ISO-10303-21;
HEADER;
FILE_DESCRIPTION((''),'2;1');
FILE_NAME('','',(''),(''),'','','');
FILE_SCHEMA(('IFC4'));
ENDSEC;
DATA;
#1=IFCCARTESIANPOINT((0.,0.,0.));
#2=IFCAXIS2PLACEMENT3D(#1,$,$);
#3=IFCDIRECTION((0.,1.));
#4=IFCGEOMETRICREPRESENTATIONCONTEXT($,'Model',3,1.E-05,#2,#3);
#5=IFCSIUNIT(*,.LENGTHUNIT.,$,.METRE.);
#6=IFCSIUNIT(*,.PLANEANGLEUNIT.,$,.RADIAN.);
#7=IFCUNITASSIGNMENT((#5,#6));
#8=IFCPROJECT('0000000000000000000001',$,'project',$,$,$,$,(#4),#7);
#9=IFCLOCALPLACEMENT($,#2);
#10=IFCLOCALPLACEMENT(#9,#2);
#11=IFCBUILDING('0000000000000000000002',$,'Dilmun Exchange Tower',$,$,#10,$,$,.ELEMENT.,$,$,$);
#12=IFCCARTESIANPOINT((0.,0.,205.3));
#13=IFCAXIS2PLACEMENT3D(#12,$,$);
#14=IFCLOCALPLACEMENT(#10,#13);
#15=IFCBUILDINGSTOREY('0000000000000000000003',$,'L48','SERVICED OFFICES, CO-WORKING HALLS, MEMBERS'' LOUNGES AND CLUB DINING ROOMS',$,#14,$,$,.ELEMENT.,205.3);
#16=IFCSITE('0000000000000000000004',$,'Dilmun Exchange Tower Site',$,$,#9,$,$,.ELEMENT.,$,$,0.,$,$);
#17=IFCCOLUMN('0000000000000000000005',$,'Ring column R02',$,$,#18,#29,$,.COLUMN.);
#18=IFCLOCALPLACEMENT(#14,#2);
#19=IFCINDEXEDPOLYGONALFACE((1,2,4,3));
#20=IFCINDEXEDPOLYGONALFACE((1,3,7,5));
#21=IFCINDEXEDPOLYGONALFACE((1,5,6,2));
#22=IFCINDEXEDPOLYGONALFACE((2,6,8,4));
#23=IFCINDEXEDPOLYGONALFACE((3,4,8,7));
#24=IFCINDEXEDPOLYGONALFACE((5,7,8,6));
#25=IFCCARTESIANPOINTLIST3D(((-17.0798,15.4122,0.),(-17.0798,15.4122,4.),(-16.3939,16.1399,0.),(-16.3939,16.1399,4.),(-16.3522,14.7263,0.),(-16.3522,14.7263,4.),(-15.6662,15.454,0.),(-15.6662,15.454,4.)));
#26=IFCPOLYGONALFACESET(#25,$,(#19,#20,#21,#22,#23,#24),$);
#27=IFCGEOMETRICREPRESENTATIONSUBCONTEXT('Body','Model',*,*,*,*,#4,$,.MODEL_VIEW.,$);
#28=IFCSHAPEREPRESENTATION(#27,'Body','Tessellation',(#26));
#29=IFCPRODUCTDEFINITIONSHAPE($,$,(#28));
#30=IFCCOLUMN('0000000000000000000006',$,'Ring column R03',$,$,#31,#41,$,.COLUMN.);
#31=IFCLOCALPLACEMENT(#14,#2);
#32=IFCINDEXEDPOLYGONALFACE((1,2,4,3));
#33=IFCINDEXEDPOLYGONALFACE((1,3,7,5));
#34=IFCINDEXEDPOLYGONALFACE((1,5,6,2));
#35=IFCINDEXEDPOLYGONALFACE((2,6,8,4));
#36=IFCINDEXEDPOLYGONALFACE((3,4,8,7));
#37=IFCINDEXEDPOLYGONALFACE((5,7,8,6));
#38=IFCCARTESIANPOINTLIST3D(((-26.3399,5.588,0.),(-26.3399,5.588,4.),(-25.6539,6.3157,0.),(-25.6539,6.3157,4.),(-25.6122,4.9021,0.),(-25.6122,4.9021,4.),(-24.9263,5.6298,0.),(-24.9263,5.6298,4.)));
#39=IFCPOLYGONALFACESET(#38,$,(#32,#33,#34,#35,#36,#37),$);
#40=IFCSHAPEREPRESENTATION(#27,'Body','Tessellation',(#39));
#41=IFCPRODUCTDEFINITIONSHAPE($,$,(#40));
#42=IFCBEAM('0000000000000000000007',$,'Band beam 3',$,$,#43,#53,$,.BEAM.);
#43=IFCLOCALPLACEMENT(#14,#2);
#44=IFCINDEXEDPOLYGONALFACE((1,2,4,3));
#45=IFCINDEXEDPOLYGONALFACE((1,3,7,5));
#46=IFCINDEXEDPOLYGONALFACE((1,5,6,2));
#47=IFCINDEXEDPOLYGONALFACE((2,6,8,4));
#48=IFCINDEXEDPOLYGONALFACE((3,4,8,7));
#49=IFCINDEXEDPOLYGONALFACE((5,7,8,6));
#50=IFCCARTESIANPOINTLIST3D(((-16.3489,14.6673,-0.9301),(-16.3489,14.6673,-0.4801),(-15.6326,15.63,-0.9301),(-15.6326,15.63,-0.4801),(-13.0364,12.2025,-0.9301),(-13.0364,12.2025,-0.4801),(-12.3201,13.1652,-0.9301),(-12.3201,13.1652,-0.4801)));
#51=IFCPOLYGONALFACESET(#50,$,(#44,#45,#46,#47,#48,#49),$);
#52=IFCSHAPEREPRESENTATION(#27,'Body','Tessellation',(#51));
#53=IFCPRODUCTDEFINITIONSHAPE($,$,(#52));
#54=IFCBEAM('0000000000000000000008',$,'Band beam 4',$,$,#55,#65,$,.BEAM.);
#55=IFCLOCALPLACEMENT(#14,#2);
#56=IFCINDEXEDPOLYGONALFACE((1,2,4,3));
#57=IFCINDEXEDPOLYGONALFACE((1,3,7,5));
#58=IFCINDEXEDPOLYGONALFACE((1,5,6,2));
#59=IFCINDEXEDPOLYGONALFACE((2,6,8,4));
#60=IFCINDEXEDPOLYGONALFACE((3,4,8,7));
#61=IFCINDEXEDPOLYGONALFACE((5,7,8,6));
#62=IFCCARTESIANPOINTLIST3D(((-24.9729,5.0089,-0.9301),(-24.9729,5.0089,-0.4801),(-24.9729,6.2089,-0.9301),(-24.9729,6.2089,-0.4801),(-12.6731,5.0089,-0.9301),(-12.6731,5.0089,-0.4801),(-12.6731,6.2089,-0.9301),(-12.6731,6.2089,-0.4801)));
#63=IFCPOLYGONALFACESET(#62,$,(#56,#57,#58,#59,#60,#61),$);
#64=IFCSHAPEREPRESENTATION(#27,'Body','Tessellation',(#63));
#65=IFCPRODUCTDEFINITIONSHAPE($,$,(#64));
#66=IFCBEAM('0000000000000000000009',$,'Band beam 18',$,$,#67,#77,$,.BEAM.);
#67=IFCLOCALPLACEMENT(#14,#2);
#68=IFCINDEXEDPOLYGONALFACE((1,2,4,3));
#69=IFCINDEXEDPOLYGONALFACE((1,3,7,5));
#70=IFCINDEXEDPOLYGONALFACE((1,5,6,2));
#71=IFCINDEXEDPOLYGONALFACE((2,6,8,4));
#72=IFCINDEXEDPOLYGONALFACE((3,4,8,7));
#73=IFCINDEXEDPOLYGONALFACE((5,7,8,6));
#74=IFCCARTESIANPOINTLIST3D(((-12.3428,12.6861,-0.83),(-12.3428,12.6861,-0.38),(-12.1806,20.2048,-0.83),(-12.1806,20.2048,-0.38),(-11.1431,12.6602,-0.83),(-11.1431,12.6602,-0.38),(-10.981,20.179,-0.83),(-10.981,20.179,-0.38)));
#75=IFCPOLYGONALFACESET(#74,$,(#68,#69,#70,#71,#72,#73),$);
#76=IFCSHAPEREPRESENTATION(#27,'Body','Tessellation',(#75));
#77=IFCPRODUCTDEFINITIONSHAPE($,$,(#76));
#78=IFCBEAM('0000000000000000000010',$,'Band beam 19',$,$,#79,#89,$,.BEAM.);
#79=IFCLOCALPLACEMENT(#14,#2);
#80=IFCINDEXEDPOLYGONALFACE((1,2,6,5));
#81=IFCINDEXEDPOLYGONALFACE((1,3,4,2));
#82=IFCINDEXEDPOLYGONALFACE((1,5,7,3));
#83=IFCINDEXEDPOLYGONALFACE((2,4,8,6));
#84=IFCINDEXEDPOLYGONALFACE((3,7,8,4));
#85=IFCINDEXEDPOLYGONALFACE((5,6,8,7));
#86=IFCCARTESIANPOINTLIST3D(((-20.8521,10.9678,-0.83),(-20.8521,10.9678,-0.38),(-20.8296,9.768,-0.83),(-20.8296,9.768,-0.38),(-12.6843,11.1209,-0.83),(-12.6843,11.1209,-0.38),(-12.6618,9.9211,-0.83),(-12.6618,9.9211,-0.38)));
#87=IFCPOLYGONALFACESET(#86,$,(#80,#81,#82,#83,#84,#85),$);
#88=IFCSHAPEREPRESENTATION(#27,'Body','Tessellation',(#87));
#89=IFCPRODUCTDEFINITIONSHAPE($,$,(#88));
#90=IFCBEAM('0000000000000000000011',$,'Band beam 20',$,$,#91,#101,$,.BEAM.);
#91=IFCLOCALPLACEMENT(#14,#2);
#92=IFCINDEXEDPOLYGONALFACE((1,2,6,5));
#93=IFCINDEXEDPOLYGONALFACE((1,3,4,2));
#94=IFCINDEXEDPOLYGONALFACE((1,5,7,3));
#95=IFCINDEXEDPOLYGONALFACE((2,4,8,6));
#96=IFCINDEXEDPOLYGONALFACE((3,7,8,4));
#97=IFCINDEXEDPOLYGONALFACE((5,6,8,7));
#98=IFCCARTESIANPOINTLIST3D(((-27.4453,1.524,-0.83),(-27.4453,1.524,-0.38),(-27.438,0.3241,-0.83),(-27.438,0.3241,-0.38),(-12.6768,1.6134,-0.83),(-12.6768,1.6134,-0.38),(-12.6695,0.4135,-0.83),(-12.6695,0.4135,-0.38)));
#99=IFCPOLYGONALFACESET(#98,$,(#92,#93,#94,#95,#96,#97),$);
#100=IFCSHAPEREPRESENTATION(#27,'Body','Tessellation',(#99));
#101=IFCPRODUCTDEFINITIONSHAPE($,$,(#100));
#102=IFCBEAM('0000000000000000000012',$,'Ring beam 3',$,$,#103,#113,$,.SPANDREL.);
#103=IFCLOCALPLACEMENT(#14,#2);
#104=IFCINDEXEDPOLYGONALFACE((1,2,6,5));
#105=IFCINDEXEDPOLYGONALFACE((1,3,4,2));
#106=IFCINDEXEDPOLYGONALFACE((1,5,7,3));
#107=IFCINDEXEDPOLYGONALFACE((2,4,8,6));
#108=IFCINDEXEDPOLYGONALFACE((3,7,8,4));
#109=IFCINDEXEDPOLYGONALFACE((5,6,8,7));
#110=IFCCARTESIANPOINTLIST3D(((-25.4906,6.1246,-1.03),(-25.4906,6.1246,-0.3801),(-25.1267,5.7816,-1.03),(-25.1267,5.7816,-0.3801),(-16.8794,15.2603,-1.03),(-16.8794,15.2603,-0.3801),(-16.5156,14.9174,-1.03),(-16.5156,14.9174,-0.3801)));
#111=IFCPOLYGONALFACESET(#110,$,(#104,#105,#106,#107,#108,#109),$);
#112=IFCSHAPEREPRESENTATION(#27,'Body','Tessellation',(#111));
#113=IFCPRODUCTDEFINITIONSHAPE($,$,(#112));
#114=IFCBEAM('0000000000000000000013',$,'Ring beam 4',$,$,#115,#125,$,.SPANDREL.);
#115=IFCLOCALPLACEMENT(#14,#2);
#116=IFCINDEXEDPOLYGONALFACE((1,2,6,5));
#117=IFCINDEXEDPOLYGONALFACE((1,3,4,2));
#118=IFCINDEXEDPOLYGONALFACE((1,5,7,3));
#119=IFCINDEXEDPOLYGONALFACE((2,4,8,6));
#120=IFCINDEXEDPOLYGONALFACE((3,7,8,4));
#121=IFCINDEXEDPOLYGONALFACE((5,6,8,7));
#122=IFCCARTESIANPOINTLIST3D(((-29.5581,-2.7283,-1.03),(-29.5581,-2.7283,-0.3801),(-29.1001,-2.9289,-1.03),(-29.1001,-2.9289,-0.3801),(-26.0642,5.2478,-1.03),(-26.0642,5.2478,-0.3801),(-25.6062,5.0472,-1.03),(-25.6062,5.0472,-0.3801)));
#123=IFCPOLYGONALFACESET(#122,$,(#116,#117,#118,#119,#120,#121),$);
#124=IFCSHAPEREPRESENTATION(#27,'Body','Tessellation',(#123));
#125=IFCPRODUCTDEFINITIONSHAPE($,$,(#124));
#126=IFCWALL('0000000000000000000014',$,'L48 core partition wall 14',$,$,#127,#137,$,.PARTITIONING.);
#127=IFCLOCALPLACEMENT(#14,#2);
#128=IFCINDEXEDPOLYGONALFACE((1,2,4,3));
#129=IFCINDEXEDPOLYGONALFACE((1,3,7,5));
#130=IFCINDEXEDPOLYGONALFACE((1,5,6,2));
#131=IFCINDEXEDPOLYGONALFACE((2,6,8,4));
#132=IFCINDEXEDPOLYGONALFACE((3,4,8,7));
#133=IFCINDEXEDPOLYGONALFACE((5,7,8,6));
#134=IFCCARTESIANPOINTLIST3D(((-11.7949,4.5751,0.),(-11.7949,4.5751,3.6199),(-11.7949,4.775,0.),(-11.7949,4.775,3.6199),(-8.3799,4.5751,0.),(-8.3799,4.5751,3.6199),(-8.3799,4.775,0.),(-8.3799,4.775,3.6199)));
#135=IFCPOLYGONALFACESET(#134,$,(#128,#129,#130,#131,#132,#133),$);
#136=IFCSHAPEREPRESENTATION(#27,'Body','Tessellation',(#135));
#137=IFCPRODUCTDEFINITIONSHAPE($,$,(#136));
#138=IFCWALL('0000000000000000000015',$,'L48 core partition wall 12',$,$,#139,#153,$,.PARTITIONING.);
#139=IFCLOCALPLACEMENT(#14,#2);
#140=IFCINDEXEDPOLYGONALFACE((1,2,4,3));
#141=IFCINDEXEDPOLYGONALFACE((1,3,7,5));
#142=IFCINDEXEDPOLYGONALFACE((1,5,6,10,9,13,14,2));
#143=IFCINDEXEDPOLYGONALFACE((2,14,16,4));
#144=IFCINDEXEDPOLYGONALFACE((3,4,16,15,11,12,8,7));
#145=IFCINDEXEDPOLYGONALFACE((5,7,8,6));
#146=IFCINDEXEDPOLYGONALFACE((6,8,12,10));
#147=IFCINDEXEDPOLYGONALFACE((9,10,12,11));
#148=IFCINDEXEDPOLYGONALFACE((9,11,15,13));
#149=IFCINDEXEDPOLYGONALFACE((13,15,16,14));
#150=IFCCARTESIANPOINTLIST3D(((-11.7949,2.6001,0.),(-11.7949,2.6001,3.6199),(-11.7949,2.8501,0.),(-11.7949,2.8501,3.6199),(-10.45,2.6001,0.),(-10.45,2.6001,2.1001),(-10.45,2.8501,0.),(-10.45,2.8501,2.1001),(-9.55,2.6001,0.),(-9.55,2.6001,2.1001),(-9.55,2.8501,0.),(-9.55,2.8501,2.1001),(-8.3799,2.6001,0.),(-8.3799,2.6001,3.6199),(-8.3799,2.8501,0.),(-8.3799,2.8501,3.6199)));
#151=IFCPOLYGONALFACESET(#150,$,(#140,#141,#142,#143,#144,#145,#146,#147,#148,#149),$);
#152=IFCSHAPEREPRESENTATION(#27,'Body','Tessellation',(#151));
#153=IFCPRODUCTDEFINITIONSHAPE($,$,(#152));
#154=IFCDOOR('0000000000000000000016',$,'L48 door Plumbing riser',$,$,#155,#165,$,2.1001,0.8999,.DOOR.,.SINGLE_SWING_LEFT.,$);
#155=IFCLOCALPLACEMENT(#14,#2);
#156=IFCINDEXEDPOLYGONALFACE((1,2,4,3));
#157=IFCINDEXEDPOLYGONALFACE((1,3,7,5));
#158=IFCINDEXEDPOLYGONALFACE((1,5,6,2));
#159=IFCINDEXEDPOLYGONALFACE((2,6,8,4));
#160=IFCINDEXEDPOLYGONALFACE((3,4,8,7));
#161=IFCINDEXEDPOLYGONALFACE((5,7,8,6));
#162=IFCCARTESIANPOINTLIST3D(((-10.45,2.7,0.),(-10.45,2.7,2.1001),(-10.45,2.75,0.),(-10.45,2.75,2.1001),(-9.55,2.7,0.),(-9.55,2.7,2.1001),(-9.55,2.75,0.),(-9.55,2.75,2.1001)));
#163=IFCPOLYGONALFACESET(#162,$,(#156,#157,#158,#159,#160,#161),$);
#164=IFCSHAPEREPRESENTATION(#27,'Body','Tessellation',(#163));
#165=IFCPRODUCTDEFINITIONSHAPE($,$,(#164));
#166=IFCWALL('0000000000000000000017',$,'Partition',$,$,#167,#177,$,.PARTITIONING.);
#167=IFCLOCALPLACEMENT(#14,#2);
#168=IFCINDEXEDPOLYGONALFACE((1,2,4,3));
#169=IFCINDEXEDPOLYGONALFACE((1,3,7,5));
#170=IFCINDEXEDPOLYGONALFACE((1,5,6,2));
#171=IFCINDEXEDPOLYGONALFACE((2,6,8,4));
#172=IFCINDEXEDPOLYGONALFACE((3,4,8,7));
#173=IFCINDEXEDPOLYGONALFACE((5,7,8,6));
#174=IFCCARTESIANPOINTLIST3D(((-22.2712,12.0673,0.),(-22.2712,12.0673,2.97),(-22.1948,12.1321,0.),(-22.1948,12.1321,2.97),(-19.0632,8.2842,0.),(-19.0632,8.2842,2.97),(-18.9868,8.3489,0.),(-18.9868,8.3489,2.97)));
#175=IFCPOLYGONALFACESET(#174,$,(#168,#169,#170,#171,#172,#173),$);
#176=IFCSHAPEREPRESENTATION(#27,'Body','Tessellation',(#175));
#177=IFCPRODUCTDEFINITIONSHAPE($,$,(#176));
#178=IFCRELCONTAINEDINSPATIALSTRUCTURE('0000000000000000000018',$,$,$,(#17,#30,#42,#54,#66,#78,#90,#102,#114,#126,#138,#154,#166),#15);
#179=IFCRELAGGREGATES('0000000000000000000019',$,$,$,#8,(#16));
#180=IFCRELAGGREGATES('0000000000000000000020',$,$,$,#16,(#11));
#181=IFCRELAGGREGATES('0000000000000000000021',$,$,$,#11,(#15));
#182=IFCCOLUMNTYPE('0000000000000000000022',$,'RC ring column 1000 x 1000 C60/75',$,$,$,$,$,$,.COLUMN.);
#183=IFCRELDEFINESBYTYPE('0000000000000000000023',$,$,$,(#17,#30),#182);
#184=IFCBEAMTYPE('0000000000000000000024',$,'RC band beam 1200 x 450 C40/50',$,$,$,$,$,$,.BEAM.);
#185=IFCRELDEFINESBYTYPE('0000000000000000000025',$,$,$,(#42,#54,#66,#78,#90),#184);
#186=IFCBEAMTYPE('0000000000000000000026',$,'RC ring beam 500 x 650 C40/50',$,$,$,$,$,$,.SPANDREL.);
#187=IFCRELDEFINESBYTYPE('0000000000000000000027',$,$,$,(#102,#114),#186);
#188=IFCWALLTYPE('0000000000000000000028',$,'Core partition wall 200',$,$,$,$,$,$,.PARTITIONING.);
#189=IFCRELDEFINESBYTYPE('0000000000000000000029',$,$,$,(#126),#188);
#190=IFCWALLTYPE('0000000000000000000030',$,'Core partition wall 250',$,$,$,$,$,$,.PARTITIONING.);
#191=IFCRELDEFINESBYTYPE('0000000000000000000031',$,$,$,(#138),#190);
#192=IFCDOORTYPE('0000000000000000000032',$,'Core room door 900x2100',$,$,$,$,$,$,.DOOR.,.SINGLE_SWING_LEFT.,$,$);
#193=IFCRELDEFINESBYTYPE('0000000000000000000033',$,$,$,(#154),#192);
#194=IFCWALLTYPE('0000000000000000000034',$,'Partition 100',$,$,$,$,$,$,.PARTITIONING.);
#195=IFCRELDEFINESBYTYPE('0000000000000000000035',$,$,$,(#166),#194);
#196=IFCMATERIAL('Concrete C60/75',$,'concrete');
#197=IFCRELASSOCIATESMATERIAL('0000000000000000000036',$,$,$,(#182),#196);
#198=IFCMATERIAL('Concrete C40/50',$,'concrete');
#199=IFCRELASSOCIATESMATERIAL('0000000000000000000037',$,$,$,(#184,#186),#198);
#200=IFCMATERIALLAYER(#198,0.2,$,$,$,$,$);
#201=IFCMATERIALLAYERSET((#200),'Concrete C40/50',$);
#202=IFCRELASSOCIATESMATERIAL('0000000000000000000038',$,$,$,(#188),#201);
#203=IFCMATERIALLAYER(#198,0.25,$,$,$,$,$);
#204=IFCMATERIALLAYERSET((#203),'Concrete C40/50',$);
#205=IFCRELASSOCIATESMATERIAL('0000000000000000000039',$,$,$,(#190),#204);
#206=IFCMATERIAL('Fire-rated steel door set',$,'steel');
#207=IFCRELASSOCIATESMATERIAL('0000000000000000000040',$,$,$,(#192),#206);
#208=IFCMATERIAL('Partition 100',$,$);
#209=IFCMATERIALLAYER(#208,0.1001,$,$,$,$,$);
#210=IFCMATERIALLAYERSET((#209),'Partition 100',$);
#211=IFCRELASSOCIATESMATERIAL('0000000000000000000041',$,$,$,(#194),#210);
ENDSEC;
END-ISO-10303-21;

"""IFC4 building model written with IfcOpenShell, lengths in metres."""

from ifc_helpers import new_model, si_unit, direction, frame, frame_2d, origin, origin_2d, place, context, subcontext, project, spatial, rectangle, extrude, material, layer, layer_set, material_profile, profile_set, type_object, element, fill, save


model = new_model("IFC4")

# Units and contexts
model_context = context("Model", 3, precision=1e-05, world=origin(), true_north=direction((0.0, 1.0)))
body_context = subcontext(model_context, "Body", "Model", "MODEL_VIEW")
ifc_project = project(units=[si_unit("LENGTHUNIT", "METRE"), si_unit("PLANEANGLEUNIT", "RADIAN")], contexts=[model_context])

# Site, building, storey
site_placement = place(None, origin())
site = spatial("IfcSite", under=ifc_project, at=site_placement, Name="Dilmun Exchange Tower Site", CompositionType="ELEMENT", RefElevation=0.0)
building_placement = place(site_placement, origin())
building = spatial("IfcBuilding", under=site, at=building_placement, Name="Dilmun Exchange Tower", CompositionType="ELEMENT")
storey_placement = place(building_placement, frame((0.0, 0.0, 205.3)))
storey = spatial("IfcBuildingStorey", under=building, at=storey_placement, Name="L48", Description="SERVICED OFFICES, CO-WORKING HALLS, MEMBERS' LOUNGES AND CLUB DINING ROOMS", CompositionType="ELEMENT", Elevation=205.3)

# Columns
ifc_material_1 = material(Name="Concrete C60/75", Category="concrete")
ifc_material_profile_1 = material_profile(ifc_material_1, rectangle(XDim=1.0, YDim=1.0, at=origin_2d()), Name="1000 x 1000")
ifc_profile_set_1 = profile_set([ifc_material_profile_1], Name="Concrete C60/75")
column_type = type_object("IfcColumnType", Name="RC ring column 1000 x 1000 C60/75", PredefinedType="COLUMN", material=ifc_profile_set_1)
for number, where, z_axis, x_axis, name in (
    (1, (-16.373, 15.4331, 0.0), (0.0, 0.0, 1.0), (0.685916, 0.727681, 0.0), "Ring column R02"),
    (2, (-25.6331, 5.6089, 0.0), (0.0, 0.0, 1.0), (0.685916, 0.727681, 0.0), "Ring column R03"),
):
    element("IfcColumn", number, at=place(storey_placement, frame(where, z_axis=z_axis, x_axis=x_axis)), inside=storey, type_object=column_type, Name=name, PredefinedType="COLUMN", context=body_context, shape_type="SweptSolid", body=[
        extrude(rectangle(XDim=1.0, YDim=1.0, at=origin_2d()), origin(), (0.0, 0.0, 1.0), 4.0),
    ])

# Beams
ifc_material_2 = material(Name="Concrete C40/50", Category="concrete")
ifc_material_profile_2 = material_profile(ifc_material_2, rectangle(XDim=1.2, YDim=0.45, at=origin_2d()), Name="1200 x 450")
ifc_profile_set_2 = profile_set([ifc_material_profile_2], Name="Concrete C40/50")
beam_type_1 = type_object("IfcBeamType", Name="RC band beam 1200 x 450 C40/50", PredefinedType="BEAM", material=ifc_profile_set_2)
beam_1_placement = place(storey_placement, frame((-15.9907, 15.1487, -0.7051), z_axis=(0.802265, -0.596968, 0.0), x_axis=(0.596968, 0.802265, 0.0)))
element("IfcBeam", 3, at=beam_1_placement, inside=storey, type_object=beam_type_1, Name="Band beam 3", PredefinedType="BEAM", context=body_context, shape_type="SweptSolid", body=[
    extrude(rectangle(XDim=1.2, YDim=0.45, at=origin_2d()), origin(), (0.0, 0.0, 1.0), 4.1289),
])
beam_2_placement = place(storey_placement, frame((-24.9729, 5.6089, -0.7051), z_axis=(1.0, 0.0, 0.0), x_axis=(0.0, 1.0, 0.0)))
element("IfcBeam", 4, at=beam_2_placement, inside=storey, type_object=beam_type_1, Name="Band beam 4", PredefinedType="BEAM", context=body_context, shape_type="SweptSolid", body=[
    extrude(rectangle(XDim=1.2, YDim=0.45, at=origin_2d()), origin(), (0.0, 0.0, 1.0), 12.2998),
])
beam_3_placement = place(storey_placement, frame((-11.5808, 20.1919, -0.605), z_axis=(-0.021556, -0.999768, 0.0), x_axis=(0.999768, -0.021556, 0.0)))
element("IfcBeam", 5, at=beam_3_placement, inside=storey, type_object=beam_type_1, Name="Band beam 18", PredefinedType="BEAM", context=body_context, shape_type="SweptSolid", body=[
    extrude(rectangle(XDim=1.2, YDim=0.45, at=origin_2d()), origin(), (0.0, 0.0, 1.0), 7.5205),
])
beam_4_placement = place(storey_placement, frame((-20.8408, 10.3679, -0.605), z_axis=(0.999824, 0.018738, 0.0), x_axis=(-0.018738, 0.999824, 0.0)))
element("IfcBeam", 6, at=beam_4_placement, inside=storey, type_object=beam_type_1, Name="Band beam 19", PredefinedType="BEAM", context=body_context, shape_type="SweptSolid", body=[
    extrude(rectangle(XDim=1.2, YDim=0.45, at=origin_2d()), origin(), (0.0, 0.0, 1.0), 8.1692),
])
beam_5_placement = place(storey_placement, frame((-27.4417, 0.9241, -0.605), z_axis=(0.999982, 0.00605, 0.0), x_axis=(-0.00605, 0.999982, 0.0)))
element("IfcBeam", 7, at=beam_5_placement, inside=storey, type_object=beam_type_1, Name="Band beam 20", PredefinedType="BEAM", context=body_context, shape_type="SweptSolid", body=[
    extrude(rectangle(XDim=1.2, YDim=0.45, at=origin_2d()), origin(), (0.0, 0.0, 1.0), 14.7688),
])
ifc_material_profile_3 = material_profile(ifc_material_2, rectangle(XDim=0.5, YDim=0.6499, at=origin_2d()), Name="500 x 650")
ifc_profile_set_3 = profile_set([ifc_material_profile_3], Name="Concrete C40/50")
beam_type_2 = type_object("IfcBeamType", Name="RC ring beam 500 x 650 C40/50", PredefinedType="SPANDREL", material=ifc_profile_set_3)
beam_6_placement = place(storey_placement, frame((-16.6975, 15.0889, -0.7051), z_axis=(-0.685903, -0.727693, 0.0), x_axis=(0.727693, -0.685903, 0.0)))
element("IfcBeam", 8, at=beam_6_placement, inside=storey, type_object=beam_type_2, Name="Ring beam 3", PredefinedType="SPANDREL", context=body_context, shape_type="SweptSolid", body=[
    extrude(rectangle(XDim=0.5, YDim=0.6499, at=origin_2d()), origin(), (0.0, 0.0, 1.0), 12.5544),
])
beam_7_placement = place(storey_placement, frame((-25.8352, 5.1475, -0.7051), z_axis=(-0.401239, -0.915973, 0.0), x_axis=(0.915973, -0.401239, 0.0)))
element("IfcBeam", 9, at=beam_7_placement, inside=storey, type_object=beam_type_2, Name="Ring beam 4", PredefinedType="SPANDREL", context=body_context, shape_type="SweptSolid", body=[
    extrude(rectangle(XDim=0.5, YDim=0.6499, at=origin_2d()), origin(), (0.0, 0.0, 1.0), 8.7078),
])

# Wall
ifc_layer_1 = layer(ifc_material_2, 0.2)
ifc_layer_set_1 = layer_set([ifc_layer_1], Name="Concrete C40/50")
wall_type_1 = type_object("IfcWallType", Name="Core partition wall 200", PredefinedType="PARTITIONING", material=ifc_layer_set_1)
wall_1_placement = place(storey_placement, frame((-11.7949, 4.675, 0.0), z_axis=(0.0, 0.0, 1.0), x_axis=(1.0, 0.0, 0.0)))
element("IfcWall", 10, at=wall_1_placement, inside=storey, type_object=wall_type_1, Name="L48 core partition wall 14", PredefinedType="PARTITIONING", context=body_context, shape_type="SweptSolid", body=[
    extrude(rectangle(XDim=3.415, YDim=0.2, at=frame_2d((1.7075, 0.0))), origin(), (0.0, 0.0, 1.0), 3.6199),
])

# Wall, opening, door
ifc_layer_2 = layer(ifc_material_2, 0.25)
ifc_layer_set_2 = layer_set([ifc_layer_2], Name="Concrete C40/50")
wall_type_2 = type_object("IfcWallType", Name="Core partition wall 250", PredefinedType="PARTITIONING", material=ifc_layer_set_2)
wall_2_placement = place(storey_placement, frame((-11.7949, 2.7251, 0.0), z_axis=(0.0, 0.0, 1.0), x_axis=(1.0, 0.0, 0.0)))
wall_2 = element("IfcWall", 11, at=wall_2_placement, inside=storey, type_object=wall_type_2, Name="L48 core partition wall 12", PredefinedType="PARTITIONING", context=body_context, shape_type="SweptSolid", body=[
    extrude(rectangle(XDim=3.415, YDim=0.25, at=frame_2d((1.7075, 0.0))), origin(), (0.0, 0.0, 1.0), 3.6199),
])
opening_1_placement = place(wall_2_placement, frame((1.345, 0.0, 0.0)))
opening_1 = element("IfcOpeningElement", 12, at=opening_1_placement, cuts=wall_2, PredefinedType="OPENING", context=body_context, shape_type="SweptSolid", body=[
    extrude(rectangle(XDim=0.8999, YDim=2.1001, at=frame_2d((0.45, 1.05))), frame((0.0, 0.135, 0.0), z_axis=(0.0, -1.0, 0.0), x_axis=(1.0, 0.0, 0.0)), (0.0, 0.0, 1.0), 0.27),
])
ifc_material_3 = material(Name="Fire-rated steel door set", Category="steel")
door_type_1 = type_object("IfcDoorType", Name="Core room door 900x2100", OperationType="SINGLE_SWING_LEFT", PredefinedType="DOOR", material=ifc_material_3)
door_1_placement = place(opening_1_placement, origin())
door_1 = element("IfcDoor", 13, at=door_1_placement, inside=storey, type_object=door_type_1, Name="L48 door Plumbing riser", OperationType="SINGLE_SWING_LEFT", OverallHeight=2.1001, OverallWidth=0.8999, PredefinedType="DOOR", context=body_context, shape_type="SweptSolid", body=[
    extrude(rectangle(XDim=0.8999, YDim=2.1001, at=frame_2d((0.45, 1.05))), frame((0.0, 0.0249, 0.0), z_axis=(0.0, -1.0, 0.0), x_axis=(1.0, 0.0, 0.0)), (0.0, 0.0, 1.0), 0.05),
])
fill(opening_1, door_1)

# Wall
ifc_material_4 = material(Name="Partition 100")
ifc_layer_3 = layer(ifc_material_4, 0.1001)
ifc_layer_set_3 = layer_set([ifc_layer_3], Name="Partition 100")
wall_type_3 = type_object("IfcWallType", Name="Partition 100", PredefinedType="PARTITIONING", material=ifc_layer_set_3)
wall_3_placement = place(storey_placement, frame((-22.2329, 12.0996, 0.0), z_axis=(0.0, 0.0, 1.0), x_axis=(0.646745, -0.762706, 0.0)))
element("IfcWall", 14, at=wall_3_placement, inside=storey, type_object=wall_type_3, Name="Partition", PredefinedType="PARTITIONING", context=body_context, shape_type="SweptSolid", body=[
    extrude(rectangle(XDim=4.9602, YDim=0.1001, at=frame_2d((2.48, 0.0))), origin(), (0.0, 0.0, 1.0), 2.97),
])

save(model, "model.ifc")
